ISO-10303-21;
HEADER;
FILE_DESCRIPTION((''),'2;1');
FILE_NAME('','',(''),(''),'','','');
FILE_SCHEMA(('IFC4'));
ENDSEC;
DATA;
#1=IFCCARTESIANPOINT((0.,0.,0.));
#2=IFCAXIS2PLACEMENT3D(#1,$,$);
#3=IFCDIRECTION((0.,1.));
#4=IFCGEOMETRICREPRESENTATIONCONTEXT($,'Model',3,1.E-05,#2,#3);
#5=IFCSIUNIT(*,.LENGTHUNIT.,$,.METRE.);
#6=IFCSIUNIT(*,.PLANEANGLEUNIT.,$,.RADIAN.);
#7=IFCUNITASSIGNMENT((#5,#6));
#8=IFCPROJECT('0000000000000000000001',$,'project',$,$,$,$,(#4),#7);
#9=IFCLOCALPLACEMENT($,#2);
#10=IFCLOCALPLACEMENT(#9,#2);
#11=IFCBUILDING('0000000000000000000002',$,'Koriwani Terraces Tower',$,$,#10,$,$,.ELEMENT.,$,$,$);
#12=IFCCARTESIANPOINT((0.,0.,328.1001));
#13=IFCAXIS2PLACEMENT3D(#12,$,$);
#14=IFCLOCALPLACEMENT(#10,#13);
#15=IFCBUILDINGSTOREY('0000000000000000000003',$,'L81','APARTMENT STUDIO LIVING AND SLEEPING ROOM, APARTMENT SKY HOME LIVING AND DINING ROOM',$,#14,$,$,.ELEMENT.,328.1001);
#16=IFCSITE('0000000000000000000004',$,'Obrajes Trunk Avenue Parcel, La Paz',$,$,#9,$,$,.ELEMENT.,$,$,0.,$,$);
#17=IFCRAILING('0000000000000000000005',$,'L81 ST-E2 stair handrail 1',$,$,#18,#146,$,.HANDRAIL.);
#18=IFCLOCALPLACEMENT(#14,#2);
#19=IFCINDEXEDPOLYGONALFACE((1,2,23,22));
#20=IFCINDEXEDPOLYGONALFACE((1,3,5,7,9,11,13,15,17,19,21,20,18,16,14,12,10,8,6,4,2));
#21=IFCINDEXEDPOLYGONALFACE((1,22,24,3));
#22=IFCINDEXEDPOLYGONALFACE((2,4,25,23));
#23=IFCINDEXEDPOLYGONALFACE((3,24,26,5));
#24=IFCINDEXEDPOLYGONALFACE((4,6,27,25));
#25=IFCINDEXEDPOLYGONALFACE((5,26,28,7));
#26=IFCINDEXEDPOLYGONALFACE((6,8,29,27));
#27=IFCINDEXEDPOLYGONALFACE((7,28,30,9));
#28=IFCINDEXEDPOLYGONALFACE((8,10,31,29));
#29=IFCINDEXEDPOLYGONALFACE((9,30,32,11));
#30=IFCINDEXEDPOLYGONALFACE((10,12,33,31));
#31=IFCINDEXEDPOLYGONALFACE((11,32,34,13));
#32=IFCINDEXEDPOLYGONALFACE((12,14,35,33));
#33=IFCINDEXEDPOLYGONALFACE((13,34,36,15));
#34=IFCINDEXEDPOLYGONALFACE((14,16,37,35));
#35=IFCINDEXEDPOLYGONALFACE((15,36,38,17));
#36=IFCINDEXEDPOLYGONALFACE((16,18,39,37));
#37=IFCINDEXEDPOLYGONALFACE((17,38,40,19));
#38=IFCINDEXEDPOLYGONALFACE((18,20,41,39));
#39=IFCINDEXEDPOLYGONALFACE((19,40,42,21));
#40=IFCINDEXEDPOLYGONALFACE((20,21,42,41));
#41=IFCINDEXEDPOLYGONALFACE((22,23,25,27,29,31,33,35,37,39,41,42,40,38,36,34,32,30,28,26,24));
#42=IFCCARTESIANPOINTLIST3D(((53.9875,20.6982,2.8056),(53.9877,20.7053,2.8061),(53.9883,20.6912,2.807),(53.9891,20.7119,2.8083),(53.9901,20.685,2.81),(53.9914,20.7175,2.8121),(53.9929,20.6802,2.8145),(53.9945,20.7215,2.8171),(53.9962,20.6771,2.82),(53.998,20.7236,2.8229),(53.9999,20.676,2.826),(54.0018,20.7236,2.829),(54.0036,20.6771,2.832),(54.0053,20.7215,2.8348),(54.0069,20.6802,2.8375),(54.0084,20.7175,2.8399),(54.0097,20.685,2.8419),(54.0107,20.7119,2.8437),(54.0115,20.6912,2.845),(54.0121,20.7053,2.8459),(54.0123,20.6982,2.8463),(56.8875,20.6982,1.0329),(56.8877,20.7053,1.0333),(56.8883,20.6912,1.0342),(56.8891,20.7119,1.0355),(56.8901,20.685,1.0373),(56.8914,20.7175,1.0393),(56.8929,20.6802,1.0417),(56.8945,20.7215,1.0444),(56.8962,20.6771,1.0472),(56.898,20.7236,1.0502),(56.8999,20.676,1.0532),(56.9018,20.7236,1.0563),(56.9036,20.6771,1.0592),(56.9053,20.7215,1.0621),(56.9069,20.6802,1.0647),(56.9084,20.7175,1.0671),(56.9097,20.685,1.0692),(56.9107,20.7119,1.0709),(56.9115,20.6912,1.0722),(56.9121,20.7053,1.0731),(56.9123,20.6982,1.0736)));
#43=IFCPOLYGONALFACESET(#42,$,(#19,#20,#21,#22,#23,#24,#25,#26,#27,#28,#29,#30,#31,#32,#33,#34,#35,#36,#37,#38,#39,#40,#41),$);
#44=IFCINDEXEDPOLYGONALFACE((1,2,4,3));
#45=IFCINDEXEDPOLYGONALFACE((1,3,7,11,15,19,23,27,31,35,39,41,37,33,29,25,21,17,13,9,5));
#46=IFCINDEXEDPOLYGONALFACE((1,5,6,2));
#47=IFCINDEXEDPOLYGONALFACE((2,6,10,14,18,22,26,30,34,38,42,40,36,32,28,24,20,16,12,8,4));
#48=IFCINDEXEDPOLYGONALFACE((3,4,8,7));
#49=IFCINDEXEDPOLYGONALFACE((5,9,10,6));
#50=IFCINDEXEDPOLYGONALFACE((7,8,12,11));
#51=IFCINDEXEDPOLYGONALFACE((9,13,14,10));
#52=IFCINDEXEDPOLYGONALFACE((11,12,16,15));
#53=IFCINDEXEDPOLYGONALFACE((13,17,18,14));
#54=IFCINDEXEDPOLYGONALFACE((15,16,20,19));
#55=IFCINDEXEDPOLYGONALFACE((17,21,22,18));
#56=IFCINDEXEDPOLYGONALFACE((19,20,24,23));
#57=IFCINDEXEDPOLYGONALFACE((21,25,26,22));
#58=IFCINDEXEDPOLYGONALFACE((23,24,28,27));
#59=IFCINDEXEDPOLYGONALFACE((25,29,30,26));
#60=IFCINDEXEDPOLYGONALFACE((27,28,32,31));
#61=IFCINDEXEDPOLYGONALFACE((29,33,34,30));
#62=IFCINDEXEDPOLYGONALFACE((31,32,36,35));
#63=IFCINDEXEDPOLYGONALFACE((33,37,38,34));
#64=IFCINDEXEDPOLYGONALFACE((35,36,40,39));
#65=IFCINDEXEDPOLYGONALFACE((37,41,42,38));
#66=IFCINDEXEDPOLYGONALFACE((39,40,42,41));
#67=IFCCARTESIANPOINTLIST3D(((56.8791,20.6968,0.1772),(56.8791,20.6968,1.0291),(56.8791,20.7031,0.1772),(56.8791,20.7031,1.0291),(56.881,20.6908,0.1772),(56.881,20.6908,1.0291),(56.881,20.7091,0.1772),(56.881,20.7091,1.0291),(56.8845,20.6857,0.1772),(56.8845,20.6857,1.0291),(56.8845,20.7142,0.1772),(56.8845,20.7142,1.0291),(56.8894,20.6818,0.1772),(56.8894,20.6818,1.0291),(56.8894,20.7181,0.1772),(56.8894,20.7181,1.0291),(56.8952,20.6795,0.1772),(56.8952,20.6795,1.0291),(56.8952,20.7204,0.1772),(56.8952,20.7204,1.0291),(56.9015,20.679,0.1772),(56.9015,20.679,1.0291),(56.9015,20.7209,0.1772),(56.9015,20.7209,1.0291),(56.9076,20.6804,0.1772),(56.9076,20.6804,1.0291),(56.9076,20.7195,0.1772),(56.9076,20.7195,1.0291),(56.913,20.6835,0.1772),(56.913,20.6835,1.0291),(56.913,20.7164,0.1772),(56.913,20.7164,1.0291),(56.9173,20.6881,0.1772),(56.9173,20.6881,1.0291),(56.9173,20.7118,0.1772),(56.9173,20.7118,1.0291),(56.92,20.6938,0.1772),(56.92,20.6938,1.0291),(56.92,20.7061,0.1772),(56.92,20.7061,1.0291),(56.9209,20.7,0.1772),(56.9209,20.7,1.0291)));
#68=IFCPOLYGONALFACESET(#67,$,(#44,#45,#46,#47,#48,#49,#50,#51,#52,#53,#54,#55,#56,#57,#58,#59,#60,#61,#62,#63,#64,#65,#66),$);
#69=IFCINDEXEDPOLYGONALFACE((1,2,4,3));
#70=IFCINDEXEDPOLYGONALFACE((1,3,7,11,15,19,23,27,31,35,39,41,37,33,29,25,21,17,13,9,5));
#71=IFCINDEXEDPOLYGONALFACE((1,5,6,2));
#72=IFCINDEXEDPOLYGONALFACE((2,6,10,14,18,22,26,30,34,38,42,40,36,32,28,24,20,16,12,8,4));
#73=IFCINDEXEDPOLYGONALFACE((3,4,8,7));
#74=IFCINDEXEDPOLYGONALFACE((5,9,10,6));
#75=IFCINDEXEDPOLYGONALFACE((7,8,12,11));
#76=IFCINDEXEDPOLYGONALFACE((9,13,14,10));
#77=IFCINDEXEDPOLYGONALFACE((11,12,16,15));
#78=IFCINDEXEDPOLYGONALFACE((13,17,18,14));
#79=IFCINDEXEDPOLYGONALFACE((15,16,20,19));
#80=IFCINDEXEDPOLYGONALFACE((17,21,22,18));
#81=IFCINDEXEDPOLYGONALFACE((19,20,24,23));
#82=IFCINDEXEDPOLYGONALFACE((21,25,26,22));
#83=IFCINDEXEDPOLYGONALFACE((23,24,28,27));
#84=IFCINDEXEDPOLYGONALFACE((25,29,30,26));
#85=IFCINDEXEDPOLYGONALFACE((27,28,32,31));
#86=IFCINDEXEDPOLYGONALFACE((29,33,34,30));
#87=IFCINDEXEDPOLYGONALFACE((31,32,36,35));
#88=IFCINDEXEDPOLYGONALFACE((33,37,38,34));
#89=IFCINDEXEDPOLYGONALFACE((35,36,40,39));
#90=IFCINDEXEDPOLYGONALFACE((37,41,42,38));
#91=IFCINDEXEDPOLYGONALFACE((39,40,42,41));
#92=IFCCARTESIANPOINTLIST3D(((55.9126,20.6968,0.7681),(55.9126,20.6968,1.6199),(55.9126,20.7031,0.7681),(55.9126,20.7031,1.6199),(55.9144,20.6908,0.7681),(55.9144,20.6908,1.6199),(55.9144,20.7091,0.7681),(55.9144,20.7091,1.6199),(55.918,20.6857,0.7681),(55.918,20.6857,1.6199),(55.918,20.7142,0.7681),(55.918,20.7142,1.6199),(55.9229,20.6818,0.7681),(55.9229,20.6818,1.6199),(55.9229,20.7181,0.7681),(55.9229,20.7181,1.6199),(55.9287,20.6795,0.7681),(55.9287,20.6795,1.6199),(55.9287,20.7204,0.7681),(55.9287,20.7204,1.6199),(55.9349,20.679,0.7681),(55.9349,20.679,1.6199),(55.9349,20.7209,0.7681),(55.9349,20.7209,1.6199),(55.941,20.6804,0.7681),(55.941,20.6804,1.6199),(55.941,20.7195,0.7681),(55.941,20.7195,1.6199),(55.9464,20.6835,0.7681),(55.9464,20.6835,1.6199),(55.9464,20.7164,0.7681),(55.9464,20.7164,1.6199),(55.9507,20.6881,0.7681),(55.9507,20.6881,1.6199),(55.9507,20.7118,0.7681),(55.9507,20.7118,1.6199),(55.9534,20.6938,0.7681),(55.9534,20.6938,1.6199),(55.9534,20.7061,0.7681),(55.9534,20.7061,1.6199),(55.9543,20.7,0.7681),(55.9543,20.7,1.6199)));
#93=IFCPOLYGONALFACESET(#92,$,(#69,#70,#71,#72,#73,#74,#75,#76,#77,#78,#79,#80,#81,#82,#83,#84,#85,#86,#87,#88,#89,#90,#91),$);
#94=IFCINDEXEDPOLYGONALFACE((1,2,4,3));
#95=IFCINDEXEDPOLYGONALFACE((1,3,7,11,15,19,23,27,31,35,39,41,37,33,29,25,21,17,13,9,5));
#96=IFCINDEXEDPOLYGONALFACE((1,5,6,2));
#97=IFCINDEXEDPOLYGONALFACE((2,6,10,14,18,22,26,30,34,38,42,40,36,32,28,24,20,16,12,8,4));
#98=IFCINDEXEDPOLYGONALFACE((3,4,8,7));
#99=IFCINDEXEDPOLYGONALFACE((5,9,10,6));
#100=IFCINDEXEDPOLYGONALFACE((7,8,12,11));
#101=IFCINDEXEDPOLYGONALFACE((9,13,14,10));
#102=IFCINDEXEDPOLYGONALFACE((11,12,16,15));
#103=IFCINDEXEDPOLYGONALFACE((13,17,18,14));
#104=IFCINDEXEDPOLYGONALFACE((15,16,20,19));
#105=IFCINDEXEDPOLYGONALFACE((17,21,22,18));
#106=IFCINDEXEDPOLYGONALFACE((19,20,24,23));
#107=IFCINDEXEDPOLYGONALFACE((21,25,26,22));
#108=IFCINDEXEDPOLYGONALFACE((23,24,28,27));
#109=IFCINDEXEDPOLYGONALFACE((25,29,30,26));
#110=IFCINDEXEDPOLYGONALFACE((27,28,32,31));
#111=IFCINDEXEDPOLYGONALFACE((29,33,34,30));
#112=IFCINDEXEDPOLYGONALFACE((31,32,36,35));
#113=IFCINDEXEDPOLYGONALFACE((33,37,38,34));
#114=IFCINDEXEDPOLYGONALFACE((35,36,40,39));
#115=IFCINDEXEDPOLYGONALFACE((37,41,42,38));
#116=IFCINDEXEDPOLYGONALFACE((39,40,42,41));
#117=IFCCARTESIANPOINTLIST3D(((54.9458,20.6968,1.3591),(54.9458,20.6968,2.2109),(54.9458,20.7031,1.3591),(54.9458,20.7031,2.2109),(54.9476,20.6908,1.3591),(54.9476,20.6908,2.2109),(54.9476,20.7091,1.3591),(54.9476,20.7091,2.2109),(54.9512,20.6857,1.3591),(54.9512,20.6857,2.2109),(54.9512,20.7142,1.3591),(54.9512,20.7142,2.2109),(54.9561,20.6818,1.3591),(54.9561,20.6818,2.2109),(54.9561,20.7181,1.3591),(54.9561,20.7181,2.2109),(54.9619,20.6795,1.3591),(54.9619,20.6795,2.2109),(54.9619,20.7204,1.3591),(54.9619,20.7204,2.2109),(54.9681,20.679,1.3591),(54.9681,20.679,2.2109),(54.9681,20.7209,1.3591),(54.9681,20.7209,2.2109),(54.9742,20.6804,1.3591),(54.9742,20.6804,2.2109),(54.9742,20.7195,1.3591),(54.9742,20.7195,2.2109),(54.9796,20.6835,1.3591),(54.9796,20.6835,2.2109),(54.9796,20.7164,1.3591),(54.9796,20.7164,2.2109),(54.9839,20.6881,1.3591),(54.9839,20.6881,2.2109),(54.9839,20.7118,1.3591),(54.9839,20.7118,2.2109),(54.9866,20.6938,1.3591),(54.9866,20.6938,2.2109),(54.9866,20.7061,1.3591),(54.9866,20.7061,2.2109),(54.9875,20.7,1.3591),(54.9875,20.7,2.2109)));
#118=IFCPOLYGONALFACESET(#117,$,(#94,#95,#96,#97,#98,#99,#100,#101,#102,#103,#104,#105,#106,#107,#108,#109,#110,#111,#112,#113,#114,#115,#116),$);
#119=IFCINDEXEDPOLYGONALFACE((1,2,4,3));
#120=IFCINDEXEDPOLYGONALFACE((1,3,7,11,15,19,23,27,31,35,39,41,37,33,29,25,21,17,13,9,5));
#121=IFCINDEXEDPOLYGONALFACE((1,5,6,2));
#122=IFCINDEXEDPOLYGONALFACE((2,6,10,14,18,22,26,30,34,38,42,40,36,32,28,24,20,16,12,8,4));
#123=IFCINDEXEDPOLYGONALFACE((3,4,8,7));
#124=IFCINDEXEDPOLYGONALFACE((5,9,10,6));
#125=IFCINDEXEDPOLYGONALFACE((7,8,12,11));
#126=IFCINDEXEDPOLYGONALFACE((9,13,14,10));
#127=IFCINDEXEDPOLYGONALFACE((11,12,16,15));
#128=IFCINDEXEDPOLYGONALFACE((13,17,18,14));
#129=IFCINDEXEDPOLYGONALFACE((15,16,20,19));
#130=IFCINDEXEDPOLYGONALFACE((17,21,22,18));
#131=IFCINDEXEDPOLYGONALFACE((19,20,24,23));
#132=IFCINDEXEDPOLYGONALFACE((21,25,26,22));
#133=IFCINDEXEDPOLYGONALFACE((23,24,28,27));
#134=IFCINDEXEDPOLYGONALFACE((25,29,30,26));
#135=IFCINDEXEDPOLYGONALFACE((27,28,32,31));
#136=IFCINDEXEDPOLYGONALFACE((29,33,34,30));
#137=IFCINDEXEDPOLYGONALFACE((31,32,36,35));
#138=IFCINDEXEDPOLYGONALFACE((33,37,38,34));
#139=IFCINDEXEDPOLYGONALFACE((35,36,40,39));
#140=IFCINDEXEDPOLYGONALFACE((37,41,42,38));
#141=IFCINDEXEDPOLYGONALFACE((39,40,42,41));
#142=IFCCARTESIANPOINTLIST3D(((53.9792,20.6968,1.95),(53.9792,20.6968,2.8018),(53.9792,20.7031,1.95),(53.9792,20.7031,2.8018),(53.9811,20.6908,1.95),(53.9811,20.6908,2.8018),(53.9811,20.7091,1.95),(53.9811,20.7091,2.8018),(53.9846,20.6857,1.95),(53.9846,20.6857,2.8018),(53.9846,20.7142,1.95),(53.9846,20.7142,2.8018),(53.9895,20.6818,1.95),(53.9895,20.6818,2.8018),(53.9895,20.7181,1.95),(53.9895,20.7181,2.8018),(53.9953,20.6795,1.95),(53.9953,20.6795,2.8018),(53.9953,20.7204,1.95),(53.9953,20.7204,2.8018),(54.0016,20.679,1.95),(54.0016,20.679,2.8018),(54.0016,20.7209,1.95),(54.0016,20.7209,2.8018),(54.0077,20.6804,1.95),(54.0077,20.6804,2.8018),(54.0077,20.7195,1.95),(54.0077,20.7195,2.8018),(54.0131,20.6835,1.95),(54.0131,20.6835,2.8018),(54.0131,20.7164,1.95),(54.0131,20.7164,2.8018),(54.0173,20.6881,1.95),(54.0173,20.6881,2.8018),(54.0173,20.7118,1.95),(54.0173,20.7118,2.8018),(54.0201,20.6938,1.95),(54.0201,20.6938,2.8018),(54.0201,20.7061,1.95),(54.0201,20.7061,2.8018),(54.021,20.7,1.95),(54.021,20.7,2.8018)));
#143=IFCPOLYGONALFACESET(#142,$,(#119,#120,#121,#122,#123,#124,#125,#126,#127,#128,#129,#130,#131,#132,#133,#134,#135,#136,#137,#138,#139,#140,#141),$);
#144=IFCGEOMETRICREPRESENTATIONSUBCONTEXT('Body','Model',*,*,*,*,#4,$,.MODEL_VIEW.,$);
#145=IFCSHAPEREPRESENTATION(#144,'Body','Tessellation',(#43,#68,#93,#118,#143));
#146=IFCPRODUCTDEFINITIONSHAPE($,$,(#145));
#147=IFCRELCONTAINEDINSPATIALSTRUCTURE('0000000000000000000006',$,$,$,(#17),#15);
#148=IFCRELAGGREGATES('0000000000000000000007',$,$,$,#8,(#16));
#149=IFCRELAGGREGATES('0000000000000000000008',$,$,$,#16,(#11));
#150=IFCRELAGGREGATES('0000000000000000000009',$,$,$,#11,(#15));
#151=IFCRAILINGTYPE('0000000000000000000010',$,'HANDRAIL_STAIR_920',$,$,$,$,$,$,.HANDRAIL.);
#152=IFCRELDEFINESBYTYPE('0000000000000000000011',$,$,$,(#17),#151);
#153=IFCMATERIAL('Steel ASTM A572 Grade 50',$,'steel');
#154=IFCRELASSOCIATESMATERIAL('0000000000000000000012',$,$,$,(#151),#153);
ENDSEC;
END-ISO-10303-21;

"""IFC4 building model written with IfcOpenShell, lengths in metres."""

from ifc_helpers import new_model, si_unit, direction, frame, origin, origin_2d, place, context, subcontext, project, spatial, circle, extrude, material, type_object, element, save


model = new_model("IFC4")

# Units and contexts
model_context = context("Model", 3, precision=1e-05, world=origin(), true_north=direction((0.0, 1.0)))
body_context = subcontext(model_context, "Body", "Model", "MODEL_VIEW")
ifc_project = project(units=[si_unit("LENGTHUNIT", "METRE"), si_unit("PLANEANGLEUNIT", "RADIAN")], contexts=[model_context])

# Site, building, storey
site_placement = place(None, origin())
site = spatial("IfcSite", under=ifc_project, at=site_placement, Name="Obrajes Trunk Avenue Parcel, La Paz", CompositionType="ELEMENT", RefElevation=0.0)
building_placement = place(site_placement, origin())
building = spatial("IfcBuilding", under=site, at=building_placement, Name="Koriwani Terraces Tower", CompositionType="ELEMENT")
storey_placement = place(building_placement, frame((0.0, 0.0, 328.1001)))
storey = spatial("IfcBuildingStorey", under=building, at=storey_placement, Name="L81", Description="APARTMENT STUDIO LIVING AND SLEEPING ROOM, APARTMENT SKY HOME LIVING AND DINING ROOM", CompositionType="ELEMENT", Elevation=328.1001)

# Shared definitions
ifc_material_1 = material(Name="Steel ASTM A572 Grade 50", Category="steel")

# Railing
railing_type_1 = type_object("IfcRailingType", Name="HANDRAIL_STAIR_920", PredefinedType="HANDRAIL", material=ifc_material_1)
railing_1_placement = place(storey_placement, frame((56.8999, 20.7, 0.1772)))
element("IfcRailing", 1, at=railing_1_placement, inside=storey, type_object=railing_type_1, Name="L81 ST-E2 stair handrail 1", PredefinedType="HANDRAIL", context=body_context, shape_type="SweptSolid", body=[
    extrude(circle(Radius=0.0239, at=origin_2d()), frame((0.0, 0.0, 0.876), z_axis=(-0.853211, 0.0, 0.521566), x_axis=(0.0, -1.0, 0.0)), (0.0, 0.0, 1.0), 3.3989),
    extrude(circle(Radius=0.021, at=origin_2d()), origin(), (0.0, 0.0, 1.0), 0.8518),
    extrude(circle(Radius=0.021, at=origin_2d()), frame((-0.9666, 0.0, 0.5908)), (0.0, 0.0, 1.0), 0.8518),
    extrude(circle(Radius=0.021, at=origin_2d()), frame((-1.9333, 0.0, 1.1819)), (0.0, 0.0, 1.0), 0.8518),
    extrude(circle(Radius=0.021, at=origin_2d()), frame((-2.8999, 0.0, 1.7727)), (0.0, 0.0, 1.0), 0.8518),
])

save(model, "model.ifc")
